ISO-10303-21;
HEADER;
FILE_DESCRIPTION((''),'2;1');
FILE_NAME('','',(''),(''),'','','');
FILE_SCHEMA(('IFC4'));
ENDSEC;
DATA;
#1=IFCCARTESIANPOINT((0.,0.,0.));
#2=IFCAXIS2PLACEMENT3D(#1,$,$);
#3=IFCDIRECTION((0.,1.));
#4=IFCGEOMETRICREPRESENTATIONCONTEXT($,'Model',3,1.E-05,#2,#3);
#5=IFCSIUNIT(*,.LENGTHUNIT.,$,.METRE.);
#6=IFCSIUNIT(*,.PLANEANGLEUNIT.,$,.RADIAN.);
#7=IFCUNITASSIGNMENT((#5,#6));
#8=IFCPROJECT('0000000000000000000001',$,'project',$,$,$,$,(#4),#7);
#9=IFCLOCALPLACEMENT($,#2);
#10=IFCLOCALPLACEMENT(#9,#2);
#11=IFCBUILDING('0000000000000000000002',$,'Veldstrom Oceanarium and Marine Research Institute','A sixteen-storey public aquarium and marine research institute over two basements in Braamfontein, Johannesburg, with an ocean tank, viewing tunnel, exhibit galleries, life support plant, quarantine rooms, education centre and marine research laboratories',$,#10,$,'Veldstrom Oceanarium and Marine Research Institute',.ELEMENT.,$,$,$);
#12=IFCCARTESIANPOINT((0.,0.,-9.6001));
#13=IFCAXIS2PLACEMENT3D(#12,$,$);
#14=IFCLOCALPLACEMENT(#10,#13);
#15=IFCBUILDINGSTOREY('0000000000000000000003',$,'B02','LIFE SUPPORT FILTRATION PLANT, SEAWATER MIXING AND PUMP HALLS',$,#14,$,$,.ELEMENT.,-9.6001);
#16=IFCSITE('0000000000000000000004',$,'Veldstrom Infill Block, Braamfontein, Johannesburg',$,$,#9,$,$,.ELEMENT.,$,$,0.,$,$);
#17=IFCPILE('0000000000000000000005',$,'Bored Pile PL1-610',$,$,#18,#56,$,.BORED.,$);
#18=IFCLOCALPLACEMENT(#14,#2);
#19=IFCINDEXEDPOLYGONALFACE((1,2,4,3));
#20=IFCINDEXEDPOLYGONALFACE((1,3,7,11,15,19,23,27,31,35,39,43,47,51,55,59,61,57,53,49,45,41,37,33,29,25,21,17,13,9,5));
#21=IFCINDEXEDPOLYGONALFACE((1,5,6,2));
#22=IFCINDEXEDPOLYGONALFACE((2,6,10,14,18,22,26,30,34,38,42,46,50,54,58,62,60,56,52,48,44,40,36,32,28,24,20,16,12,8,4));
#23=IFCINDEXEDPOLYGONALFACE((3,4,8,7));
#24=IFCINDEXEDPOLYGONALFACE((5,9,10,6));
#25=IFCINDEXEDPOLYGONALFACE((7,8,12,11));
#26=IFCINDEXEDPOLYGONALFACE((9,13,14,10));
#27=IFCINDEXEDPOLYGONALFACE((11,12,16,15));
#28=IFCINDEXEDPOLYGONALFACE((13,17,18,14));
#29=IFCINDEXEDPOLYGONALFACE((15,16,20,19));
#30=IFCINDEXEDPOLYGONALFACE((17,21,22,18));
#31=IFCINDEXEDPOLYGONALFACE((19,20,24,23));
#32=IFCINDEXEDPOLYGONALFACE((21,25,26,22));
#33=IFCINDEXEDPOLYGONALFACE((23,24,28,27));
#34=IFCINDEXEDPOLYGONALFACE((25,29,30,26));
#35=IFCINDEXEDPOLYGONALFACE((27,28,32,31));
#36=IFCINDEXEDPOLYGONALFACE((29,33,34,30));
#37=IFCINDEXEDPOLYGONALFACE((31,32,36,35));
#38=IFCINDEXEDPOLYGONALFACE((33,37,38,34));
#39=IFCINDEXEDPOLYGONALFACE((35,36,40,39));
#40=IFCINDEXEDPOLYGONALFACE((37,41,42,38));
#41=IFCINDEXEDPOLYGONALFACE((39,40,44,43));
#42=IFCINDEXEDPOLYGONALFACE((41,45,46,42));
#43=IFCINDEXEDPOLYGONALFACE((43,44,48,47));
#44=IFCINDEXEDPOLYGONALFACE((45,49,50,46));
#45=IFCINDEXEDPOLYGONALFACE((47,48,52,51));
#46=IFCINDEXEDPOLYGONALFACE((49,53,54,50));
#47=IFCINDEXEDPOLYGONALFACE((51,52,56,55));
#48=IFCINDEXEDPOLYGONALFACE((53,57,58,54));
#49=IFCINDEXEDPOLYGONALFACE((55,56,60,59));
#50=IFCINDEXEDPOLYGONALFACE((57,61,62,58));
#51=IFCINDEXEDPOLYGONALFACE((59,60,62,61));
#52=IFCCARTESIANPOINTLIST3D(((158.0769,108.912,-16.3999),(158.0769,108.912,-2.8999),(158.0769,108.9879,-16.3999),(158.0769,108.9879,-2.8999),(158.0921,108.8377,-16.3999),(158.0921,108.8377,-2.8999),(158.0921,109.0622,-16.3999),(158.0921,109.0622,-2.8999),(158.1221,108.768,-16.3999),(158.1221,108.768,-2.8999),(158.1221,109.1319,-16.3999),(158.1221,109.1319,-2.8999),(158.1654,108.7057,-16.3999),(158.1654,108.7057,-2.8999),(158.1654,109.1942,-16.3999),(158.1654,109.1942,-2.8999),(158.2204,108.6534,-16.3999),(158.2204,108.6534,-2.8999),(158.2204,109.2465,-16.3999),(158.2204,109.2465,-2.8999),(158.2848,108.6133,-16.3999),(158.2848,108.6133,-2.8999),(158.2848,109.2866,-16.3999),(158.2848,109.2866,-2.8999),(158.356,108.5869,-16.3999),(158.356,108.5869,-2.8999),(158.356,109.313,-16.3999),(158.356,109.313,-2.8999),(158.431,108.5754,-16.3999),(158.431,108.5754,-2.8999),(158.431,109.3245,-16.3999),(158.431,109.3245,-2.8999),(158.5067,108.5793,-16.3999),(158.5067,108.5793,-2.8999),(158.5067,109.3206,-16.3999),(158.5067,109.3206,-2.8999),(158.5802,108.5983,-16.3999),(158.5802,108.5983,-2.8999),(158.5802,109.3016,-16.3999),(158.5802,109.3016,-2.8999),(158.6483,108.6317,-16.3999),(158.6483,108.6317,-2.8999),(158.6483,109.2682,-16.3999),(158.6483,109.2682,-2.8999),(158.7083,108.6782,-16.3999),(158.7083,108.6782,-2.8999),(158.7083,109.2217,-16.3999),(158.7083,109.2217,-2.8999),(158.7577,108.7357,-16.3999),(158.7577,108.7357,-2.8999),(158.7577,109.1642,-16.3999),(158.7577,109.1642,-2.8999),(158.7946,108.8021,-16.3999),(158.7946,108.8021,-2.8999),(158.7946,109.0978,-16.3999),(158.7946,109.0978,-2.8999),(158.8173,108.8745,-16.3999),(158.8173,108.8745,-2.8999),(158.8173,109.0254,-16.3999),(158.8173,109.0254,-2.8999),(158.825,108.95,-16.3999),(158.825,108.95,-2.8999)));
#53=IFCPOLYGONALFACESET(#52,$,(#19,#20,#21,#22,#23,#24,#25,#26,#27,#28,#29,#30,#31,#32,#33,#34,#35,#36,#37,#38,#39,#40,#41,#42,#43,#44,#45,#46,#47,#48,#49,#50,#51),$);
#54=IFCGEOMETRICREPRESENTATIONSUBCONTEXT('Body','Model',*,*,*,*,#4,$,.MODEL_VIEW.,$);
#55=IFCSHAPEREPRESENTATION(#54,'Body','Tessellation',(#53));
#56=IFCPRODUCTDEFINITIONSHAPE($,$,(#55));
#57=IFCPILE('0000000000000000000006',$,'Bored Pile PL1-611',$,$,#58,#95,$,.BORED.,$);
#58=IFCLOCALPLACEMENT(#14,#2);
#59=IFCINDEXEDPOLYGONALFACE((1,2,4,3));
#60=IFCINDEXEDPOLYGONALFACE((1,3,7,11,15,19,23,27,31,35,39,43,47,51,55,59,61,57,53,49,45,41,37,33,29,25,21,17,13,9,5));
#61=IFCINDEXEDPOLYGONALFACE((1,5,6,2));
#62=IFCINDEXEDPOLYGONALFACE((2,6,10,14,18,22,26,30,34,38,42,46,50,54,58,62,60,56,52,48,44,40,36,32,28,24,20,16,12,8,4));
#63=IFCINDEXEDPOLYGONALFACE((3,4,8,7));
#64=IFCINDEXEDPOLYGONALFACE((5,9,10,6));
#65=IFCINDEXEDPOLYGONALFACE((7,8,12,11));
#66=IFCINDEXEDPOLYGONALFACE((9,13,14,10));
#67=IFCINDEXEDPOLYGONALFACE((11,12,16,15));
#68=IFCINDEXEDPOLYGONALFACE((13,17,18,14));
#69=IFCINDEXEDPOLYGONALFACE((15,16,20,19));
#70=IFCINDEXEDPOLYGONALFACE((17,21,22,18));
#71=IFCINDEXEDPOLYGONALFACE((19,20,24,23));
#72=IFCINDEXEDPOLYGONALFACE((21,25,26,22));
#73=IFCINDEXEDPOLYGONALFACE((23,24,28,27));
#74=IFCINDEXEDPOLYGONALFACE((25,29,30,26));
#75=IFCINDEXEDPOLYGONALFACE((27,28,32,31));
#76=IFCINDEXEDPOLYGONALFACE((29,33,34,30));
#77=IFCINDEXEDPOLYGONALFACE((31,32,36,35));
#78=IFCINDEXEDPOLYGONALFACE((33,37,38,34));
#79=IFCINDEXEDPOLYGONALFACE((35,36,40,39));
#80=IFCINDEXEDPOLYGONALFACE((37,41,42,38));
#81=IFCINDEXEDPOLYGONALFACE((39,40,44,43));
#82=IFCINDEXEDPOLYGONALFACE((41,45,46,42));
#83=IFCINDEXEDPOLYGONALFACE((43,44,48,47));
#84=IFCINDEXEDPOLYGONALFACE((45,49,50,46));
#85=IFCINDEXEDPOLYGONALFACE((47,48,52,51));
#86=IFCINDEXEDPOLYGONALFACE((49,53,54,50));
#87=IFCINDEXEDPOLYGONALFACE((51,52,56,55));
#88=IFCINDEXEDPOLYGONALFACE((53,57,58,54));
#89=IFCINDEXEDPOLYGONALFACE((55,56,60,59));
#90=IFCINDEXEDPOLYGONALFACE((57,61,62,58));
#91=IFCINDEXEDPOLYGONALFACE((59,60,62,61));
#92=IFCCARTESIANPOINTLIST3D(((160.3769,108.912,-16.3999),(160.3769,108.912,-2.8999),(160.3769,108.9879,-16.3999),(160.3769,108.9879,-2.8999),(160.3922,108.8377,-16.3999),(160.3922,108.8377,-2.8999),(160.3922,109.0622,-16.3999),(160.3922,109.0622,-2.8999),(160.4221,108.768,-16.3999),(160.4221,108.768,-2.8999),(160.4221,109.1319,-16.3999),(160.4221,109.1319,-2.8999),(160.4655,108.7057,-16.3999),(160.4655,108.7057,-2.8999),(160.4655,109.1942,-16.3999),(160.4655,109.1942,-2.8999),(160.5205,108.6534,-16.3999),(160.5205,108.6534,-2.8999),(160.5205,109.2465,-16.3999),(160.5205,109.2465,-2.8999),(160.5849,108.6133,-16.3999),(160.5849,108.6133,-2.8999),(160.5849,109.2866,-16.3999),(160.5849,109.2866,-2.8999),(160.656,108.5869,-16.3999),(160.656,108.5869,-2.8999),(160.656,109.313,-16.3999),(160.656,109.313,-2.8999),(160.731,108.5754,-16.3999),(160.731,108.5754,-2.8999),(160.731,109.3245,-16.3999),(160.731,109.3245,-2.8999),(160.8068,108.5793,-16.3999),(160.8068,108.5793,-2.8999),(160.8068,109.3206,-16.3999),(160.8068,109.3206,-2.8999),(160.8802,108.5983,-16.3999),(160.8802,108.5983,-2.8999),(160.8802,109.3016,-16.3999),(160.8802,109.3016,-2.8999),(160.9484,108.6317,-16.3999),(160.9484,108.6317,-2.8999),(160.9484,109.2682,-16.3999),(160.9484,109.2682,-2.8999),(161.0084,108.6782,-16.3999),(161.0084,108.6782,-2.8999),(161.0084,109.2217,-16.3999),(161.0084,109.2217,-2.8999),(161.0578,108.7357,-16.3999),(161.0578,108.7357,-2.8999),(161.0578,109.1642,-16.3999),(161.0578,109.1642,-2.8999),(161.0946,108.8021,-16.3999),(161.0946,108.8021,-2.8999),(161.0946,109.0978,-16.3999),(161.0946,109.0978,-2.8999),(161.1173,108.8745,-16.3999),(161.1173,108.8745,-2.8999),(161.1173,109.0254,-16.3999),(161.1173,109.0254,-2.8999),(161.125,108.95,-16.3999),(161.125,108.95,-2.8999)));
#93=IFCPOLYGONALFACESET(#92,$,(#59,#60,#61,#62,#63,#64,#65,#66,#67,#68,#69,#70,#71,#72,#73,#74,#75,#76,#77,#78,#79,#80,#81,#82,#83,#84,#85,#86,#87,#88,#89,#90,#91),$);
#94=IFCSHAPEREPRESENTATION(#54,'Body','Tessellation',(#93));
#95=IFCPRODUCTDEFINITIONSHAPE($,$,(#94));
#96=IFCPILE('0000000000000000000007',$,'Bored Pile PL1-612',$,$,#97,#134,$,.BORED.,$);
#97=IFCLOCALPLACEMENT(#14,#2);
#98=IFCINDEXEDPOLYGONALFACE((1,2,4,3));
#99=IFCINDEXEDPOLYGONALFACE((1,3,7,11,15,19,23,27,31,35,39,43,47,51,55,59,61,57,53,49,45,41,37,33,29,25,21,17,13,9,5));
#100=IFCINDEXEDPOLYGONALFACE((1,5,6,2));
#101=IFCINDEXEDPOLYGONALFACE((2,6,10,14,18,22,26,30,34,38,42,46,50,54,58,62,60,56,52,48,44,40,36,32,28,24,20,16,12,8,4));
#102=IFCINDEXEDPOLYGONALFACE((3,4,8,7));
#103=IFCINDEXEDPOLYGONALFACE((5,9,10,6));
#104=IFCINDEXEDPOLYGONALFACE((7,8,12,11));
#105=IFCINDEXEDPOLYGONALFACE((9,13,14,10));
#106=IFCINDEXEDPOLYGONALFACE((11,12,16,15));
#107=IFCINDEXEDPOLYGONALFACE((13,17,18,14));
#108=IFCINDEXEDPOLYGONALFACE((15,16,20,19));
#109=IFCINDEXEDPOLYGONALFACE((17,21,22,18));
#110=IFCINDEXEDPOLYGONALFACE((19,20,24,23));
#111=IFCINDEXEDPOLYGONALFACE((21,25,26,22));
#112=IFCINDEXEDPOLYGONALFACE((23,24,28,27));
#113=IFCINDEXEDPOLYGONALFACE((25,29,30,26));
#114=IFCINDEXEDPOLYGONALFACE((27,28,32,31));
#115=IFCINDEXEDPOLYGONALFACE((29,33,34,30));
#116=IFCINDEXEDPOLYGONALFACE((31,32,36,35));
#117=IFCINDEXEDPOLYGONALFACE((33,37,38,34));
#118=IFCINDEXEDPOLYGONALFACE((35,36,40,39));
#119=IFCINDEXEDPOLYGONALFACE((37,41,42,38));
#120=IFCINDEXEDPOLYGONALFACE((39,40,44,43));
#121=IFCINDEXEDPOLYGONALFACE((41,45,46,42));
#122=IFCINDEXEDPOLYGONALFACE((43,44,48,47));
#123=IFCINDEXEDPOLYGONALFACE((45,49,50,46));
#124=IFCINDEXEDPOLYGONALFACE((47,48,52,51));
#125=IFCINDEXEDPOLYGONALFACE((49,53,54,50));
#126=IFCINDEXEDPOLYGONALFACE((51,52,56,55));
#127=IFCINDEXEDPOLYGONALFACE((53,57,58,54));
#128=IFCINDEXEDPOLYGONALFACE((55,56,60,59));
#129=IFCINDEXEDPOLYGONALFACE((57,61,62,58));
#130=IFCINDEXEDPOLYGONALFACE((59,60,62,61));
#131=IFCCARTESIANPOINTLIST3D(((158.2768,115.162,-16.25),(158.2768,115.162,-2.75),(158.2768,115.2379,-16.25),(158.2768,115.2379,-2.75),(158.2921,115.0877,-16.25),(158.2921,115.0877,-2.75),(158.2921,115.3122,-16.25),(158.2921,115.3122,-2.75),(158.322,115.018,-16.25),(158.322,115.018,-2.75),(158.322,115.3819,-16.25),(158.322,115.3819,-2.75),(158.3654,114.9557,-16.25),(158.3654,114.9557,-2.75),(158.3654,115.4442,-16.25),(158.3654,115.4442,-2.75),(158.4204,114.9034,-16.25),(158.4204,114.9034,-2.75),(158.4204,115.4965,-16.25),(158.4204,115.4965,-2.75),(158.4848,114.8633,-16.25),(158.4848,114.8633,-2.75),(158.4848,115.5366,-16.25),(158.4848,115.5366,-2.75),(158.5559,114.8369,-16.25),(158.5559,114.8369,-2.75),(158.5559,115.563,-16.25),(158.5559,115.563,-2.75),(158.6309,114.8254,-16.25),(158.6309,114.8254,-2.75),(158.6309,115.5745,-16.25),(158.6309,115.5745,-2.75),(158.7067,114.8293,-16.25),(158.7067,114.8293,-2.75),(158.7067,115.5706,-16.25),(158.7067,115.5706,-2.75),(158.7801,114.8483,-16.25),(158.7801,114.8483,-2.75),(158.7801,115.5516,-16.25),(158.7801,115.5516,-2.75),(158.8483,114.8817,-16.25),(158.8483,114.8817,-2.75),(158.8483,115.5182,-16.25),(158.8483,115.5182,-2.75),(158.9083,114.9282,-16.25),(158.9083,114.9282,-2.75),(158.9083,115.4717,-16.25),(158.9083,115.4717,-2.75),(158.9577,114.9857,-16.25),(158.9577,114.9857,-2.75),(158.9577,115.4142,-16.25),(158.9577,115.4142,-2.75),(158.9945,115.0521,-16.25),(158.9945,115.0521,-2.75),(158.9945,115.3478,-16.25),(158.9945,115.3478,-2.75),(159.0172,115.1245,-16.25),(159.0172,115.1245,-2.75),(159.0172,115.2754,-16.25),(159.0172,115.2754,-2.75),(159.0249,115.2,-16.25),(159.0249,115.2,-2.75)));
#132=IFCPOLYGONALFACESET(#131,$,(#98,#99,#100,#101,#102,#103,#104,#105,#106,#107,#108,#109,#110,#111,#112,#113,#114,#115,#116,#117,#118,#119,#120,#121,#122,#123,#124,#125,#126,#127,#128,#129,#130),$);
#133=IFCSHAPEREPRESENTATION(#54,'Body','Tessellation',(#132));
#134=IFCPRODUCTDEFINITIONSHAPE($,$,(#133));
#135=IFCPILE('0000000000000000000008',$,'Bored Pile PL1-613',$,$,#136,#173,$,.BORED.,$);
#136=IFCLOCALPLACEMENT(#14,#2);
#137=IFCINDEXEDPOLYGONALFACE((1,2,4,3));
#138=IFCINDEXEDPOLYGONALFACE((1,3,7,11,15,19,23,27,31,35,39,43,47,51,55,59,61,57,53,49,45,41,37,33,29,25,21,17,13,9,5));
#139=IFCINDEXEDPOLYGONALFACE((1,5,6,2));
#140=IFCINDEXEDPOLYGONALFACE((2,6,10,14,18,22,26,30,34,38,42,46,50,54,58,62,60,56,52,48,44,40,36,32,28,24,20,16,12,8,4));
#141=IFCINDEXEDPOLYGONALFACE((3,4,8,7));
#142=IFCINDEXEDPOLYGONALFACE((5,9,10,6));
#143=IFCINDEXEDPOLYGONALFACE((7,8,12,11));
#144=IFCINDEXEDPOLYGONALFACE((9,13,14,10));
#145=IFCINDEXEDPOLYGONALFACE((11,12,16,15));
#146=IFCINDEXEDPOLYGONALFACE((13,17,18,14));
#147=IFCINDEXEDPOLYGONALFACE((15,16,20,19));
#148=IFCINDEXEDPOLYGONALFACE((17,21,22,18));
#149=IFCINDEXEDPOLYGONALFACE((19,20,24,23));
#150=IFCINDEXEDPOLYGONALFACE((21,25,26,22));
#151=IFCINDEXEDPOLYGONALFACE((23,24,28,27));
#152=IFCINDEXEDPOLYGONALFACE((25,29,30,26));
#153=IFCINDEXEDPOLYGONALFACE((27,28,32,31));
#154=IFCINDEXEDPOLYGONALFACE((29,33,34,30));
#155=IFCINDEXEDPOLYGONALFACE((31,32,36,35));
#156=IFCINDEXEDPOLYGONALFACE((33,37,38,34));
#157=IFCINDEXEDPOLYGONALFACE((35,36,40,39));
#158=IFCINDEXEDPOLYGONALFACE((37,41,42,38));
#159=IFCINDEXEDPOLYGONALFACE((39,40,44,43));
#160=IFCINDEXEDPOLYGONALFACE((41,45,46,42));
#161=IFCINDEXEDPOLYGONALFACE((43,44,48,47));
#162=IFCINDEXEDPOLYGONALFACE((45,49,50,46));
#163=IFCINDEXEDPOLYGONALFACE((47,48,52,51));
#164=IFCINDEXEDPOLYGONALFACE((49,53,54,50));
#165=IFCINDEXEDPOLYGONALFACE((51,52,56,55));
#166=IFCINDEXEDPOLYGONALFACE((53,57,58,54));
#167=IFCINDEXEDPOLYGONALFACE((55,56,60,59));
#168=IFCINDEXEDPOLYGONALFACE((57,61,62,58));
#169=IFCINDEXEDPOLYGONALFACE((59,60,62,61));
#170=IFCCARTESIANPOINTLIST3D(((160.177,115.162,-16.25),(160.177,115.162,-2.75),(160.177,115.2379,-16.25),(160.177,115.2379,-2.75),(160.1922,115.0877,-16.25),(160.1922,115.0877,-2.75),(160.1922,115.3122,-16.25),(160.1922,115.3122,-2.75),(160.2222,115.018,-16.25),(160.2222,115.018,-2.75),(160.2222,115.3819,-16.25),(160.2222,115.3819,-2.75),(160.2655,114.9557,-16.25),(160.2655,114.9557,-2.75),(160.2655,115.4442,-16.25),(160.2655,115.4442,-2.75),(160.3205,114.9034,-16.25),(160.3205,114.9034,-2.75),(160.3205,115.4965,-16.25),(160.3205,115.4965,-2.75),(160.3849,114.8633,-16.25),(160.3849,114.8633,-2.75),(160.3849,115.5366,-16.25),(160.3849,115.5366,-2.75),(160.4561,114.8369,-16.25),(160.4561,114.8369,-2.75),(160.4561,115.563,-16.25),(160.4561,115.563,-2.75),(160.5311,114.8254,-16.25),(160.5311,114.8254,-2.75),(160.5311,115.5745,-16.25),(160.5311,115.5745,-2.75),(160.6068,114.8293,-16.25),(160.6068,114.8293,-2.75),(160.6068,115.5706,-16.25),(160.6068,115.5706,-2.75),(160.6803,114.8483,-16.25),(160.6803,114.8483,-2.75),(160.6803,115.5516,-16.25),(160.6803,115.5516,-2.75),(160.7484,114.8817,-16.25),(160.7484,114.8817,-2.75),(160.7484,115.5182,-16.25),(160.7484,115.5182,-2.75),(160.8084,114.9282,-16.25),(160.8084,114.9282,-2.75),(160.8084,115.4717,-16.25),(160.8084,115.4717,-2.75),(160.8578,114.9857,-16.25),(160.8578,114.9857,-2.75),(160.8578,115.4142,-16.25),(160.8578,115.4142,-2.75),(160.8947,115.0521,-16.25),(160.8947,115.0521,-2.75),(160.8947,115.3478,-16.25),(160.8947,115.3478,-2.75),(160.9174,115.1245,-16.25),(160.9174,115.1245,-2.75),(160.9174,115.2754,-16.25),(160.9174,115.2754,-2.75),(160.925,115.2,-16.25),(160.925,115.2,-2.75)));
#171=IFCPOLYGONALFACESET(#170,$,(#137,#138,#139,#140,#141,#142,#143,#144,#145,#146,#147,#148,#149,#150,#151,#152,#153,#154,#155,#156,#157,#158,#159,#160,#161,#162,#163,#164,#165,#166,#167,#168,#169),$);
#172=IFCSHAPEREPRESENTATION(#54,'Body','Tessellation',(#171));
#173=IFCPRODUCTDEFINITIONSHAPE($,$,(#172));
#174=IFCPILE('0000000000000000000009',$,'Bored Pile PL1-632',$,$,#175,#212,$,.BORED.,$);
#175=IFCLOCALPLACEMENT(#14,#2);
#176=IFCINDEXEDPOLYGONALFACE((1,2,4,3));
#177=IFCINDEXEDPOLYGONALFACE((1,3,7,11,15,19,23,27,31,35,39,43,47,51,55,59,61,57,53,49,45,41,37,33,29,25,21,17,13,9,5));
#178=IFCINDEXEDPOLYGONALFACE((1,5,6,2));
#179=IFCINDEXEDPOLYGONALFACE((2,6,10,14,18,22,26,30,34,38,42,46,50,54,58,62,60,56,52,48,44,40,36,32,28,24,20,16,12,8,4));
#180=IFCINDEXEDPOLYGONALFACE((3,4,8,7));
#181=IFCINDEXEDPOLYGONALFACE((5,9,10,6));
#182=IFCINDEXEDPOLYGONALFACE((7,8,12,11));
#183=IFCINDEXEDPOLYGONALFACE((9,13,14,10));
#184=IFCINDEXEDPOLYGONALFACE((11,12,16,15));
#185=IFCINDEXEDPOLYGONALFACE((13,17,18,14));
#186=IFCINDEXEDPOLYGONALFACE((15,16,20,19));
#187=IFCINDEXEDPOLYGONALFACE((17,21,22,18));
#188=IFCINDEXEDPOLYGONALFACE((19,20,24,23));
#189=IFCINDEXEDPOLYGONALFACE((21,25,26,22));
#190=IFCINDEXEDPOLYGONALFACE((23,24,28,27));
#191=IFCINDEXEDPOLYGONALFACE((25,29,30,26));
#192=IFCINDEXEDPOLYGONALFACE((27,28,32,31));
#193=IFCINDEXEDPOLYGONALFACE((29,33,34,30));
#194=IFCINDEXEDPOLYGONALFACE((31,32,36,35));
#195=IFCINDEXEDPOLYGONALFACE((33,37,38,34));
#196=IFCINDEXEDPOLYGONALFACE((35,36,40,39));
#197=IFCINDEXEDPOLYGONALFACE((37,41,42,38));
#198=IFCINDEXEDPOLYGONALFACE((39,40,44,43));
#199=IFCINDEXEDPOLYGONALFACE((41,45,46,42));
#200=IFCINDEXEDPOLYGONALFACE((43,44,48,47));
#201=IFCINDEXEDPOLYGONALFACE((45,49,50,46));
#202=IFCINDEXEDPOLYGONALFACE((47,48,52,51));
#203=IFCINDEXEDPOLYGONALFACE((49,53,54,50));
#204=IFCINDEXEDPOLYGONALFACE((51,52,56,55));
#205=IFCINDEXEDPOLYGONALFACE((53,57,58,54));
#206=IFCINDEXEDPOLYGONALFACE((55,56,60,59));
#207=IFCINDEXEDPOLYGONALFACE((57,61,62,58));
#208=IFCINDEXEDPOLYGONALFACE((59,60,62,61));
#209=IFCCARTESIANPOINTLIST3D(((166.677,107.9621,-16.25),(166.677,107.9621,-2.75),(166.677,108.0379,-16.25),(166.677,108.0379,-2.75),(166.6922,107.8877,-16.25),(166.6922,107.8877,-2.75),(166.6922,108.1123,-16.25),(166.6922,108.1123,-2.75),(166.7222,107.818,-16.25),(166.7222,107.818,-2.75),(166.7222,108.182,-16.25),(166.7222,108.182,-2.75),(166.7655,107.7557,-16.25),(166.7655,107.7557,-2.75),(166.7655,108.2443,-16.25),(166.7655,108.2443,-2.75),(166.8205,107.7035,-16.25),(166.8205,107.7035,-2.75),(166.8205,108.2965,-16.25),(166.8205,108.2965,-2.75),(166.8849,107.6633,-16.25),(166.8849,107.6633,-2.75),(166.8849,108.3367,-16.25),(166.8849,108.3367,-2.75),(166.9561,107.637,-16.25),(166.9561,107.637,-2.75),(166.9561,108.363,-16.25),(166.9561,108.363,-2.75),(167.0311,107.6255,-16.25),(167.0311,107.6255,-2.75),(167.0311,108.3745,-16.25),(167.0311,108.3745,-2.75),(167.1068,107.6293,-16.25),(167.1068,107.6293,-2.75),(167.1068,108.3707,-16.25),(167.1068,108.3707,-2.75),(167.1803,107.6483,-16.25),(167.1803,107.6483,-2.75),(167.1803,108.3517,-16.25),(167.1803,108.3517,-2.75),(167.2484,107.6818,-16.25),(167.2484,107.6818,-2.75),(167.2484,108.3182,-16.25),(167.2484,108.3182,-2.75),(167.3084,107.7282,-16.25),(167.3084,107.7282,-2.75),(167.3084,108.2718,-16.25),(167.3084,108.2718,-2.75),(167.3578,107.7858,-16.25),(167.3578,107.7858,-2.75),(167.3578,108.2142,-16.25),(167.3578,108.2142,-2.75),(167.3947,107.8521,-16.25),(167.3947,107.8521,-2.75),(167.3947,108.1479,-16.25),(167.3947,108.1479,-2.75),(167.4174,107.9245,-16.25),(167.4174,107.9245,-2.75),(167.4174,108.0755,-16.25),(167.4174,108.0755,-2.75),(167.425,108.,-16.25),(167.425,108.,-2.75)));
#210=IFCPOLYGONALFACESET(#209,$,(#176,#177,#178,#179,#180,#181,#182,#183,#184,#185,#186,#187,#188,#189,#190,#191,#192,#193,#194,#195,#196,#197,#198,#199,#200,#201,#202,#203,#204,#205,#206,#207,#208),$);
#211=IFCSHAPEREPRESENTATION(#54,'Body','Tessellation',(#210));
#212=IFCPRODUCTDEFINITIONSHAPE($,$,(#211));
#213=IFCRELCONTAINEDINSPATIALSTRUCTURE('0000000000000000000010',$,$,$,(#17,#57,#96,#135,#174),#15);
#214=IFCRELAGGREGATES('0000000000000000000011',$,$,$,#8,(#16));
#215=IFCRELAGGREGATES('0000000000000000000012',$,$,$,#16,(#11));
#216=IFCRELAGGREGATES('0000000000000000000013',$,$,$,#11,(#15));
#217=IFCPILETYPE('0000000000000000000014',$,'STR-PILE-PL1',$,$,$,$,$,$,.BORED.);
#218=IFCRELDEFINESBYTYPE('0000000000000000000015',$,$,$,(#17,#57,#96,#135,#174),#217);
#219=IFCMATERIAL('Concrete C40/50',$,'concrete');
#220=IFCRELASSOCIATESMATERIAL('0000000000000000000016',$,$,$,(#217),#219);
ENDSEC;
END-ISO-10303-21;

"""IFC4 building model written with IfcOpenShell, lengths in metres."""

from ifc_helpers import new_model, si_unit, direction, frame, origin, origin_2d, place, context, subcontext, project, spatial, circle, extrude, material, material_profile, profile_set, type_object, element, save


model = new_model("IFC4")

# Units and contexts
model_context = context("Model", 3, precision=1e-05, world=origin(), true_north=direction((0.0, 1.0)))
body_context = subcontext(model_context, "Body", "Model", "MODEL_VIEW")
ifc_project = project(units=[si_unit("LENGTHUNIT", "METRE"), si_unit("PLANEANGLEUNIT", "RADIAN")], contexts=[model_context])

# Site, building, storey
site_placement = place(None, origin())
site = spatial("IfcSite", under=ifc_project, at=site_placement, Name="Veldstrom Infill Block, Braamfontein, Johannesburg", CompositionType="ELEMENT", RefElevation=0.0)
building_placement = place(site_placement, origin())
building = spatial("IfcBuilding", under=site, at=building_placement, Name="Veldstrom Oceanarium and Marine Research Institute", Description="A sixteen-storey public aquarium and marine research institute over two basements in Braamfontein, Johannesburg, with an ocean tank, viewing tunnel, exhibit galleries, life support plant, quarantine rooms, education centre and marine research laboratories", LongName="Veldstrom Oceanarium and Marine Research Institute", CompositionType="ELEMENT")
storey_placement = place(building_placement, frame((0.0, 0.0, -9.6001)))
storey = spatial("IfcBuildingStorey", under=building, at=storey_placement, Name="B02", Description="LIFE SUPPORT FILTRATION PLANT, SEAWATER MIXING AND PUMP HALLS", CompositionType="ELEMENT", Elevation=-9.6001)

# Piles
ifc_material_1 = material(Name="Concrete C40/50", Category="concrete")
ifc_material_profile_1 = material_profile(ifc_material_1, circle(Radius=0.375, at=origin_2d()), Name="PILE-D750")
ifc_profile_set_1 = profile_set([ifc_material_profile_1], Name="Concrete C40/50")
pile_type = type_object("IfcPileType", Name="STR-PILE-PL1", PredefinedType="BORED", material=ifc_profile_set_1)
for number, where, z_axis, x_axis, name in (
    (1, (158.45, 108.95, -2.8999), (0.0, 0.0, -1.0), (1.0, 0.0, 0.0), "Bored Pile PL1-610"),
    (2, (160.75, 108.95, -2.8999), (0.0, 0.0, -1.0), (1.0, 0.0, 0.0), "Bored Pile PL1-611"),
    (3, (158.6499, 115.2, -2.75), (0.0, 0.0, -1.0), (1.0, 0.0, 0.0), "Bored Pile PL1-612"),
    (4, (160.55, 115.2, -2.75), (0.0, 0.0, -1.0), (1.0, 0.0, 0.0), "Bored Pile PL1-613"),
    (5, (167.05, 108.0, -2.75), (0.0, 0.0, -1.0), (1.0, 0.0, 0.0), "Bored Pile PL1-632"),
):
    element("IfcPile", number, at=place(storey_placement, frame(where, z_axis=z_axis, x_axis=x_axis)), inside=storey, type_object=pile_type, Name=name, PredefinedType="BORED", context=body_context, shape_type="SweptSolid", body=[
        extrude(circle(Radius=0.375, at=origin_2d()), origin(), (0.0, 0.0, 1.0), 13.5),
    ])

save(model, "model.ifc")
